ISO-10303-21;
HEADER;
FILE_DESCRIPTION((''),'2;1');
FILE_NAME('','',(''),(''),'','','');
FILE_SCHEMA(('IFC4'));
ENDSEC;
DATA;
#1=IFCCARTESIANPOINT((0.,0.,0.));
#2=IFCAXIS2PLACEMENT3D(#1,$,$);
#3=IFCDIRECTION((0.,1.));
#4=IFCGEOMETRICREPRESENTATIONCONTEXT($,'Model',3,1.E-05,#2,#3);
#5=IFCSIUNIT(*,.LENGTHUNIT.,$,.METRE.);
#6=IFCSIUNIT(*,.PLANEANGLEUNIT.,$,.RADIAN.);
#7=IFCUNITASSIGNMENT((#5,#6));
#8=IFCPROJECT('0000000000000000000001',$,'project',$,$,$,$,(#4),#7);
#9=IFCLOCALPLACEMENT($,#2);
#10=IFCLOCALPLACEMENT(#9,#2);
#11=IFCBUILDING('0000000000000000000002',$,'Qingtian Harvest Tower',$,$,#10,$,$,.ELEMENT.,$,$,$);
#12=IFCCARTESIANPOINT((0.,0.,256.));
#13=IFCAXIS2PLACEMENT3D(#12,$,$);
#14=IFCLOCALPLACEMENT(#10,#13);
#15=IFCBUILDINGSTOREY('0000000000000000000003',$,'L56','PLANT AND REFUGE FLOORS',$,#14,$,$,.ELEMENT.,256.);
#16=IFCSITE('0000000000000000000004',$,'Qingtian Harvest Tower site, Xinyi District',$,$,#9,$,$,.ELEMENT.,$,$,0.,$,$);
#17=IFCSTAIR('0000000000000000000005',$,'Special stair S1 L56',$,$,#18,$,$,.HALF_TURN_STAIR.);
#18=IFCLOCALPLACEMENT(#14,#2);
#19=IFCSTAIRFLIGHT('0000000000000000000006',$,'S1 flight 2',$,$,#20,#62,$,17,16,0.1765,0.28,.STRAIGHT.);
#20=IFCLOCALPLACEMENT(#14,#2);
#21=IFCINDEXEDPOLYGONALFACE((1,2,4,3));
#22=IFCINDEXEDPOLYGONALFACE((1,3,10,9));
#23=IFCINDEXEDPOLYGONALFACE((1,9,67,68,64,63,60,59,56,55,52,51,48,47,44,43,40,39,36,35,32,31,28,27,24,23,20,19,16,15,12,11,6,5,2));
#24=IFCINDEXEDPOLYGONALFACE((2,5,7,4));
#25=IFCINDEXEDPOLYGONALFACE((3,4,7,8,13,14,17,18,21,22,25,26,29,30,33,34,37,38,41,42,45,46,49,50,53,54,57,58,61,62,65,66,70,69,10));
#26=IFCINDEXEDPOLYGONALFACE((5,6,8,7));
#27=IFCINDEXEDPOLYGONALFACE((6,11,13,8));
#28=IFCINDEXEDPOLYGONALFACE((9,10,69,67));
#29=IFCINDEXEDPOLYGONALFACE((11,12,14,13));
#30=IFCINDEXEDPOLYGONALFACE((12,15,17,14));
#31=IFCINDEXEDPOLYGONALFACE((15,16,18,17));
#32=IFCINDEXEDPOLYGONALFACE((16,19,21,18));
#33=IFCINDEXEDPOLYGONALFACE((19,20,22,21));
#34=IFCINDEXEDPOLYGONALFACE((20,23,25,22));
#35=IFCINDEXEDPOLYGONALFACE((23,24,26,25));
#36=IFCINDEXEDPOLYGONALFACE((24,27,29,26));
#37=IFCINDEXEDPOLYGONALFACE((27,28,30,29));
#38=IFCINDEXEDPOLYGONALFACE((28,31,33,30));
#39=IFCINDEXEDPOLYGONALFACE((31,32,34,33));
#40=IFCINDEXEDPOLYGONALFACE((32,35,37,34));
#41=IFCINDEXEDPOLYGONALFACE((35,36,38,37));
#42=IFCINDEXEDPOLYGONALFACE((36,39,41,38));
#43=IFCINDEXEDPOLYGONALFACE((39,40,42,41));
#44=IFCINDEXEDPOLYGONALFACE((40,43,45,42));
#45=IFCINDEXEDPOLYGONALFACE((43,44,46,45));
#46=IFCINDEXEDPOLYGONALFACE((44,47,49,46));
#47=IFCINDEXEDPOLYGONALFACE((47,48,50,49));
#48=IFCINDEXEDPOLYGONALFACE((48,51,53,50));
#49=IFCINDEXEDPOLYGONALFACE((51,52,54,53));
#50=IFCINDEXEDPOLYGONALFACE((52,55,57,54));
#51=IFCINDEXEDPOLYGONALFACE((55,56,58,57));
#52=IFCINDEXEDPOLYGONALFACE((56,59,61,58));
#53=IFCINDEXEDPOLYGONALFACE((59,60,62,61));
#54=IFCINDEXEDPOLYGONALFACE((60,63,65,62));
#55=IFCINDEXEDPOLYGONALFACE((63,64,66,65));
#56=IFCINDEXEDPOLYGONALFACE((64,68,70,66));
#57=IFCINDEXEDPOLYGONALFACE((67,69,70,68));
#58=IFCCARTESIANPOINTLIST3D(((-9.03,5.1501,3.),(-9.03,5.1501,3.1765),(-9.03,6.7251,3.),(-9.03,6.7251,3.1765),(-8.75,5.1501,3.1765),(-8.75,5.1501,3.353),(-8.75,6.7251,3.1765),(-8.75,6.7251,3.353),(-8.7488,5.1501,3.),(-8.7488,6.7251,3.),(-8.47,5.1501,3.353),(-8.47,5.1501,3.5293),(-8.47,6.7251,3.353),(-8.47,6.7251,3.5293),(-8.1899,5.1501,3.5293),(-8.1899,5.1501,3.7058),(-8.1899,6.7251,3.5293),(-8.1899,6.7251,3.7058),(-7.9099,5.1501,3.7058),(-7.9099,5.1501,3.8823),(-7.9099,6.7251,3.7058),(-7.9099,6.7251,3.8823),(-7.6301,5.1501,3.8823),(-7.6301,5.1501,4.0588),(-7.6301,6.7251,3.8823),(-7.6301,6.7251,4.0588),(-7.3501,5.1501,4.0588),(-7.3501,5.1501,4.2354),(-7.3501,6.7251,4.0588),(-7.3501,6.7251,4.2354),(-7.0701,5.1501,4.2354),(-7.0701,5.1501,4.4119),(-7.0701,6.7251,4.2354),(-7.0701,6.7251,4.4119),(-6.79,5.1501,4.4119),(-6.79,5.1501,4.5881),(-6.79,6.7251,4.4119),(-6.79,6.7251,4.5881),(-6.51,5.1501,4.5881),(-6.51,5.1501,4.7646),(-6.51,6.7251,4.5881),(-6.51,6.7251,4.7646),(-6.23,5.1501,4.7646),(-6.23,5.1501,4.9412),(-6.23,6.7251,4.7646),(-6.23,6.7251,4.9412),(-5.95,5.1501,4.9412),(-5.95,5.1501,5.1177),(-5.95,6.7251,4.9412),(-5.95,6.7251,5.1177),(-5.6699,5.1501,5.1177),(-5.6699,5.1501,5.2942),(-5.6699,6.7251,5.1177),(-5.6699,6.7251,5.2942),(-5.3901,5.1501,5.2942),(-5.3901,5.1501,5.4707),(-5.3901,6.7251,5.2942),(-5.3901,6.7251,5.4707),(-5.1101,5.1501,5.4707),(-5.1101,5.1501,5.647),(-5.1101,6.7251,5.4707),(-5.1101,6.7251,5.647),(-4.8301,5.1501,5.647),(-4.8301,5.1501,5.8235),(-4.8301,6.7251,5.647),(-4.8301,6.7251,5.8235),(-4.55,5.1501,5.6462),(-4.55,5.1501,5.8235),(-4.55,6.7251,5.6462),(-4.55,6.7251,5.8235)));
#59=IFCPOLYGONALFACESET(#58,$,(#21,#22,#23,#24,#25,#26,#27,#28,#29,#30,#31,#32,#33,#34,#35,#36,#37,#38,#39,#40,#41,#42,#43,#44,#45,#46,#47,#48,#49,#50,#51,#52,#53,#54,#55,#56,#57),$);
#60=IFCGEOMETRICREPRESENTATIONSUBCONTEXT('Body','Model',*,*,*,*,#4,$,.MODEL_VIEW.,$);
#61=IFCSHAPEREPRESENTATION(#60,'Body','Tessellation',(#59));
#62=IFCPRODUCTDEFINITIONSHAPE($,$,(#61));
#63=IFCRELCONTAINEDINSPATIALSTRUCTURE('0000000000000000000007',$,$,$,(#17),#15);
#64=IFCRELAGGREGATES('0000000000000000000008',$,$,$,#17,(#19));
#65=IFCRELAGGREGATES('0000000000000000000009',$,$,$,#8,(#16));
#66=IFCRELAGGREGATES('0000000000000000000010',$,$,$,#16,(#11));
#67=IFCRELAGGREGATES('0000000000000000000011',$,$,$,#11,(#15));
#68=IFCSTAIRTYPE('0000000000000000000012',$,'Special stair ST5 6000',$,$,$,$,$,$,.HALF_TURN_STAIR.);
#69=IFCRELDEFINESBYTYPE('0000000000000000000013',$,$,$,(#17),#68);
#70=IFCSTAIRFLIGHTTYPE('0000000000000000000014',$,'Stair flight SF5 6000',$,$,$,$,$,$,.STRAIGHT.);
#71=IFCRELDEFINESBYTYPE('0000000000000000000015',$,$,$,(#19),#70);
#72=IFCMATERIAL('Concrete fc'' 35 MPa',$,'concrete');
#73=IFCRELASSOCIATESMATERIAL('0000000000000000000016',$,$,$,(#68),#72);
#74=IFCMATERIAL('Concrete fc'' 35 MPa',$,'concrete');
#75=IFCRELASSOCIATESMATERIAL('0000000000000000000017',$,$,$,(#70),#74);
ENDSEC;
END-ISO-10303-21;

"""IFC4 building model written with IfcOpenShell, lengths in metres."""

from ifc_helpers import new_model, si_unit, direction, frame, origin, place, context, subcontext, project, spatial, polyline, outline, extrude, material, type_object, element, aggregate, save


model = new_model("IFC4")

# Units and contexts
model_context = context("Model", 3, precision=1e-05, world=origin(), true_north=direction((0.0, 1.0)))
body_context = subcontext(model_context, "Body", "Model", "MODEL_VIEW")
ifc_project = project(units=[si_unit("LENGTHUNIT", "METRE"), si_unit("PLANEANGLEUNIT", "RADIAN")], contexts=[model_context])

# Site, building, storey
site_placement = place(None, origin())
site = spatial("IfcSite", under=ifc_project, at=site_placement, Name="Qingtian Harvest Tower site, Xinyi District", CompositionType="ELEMENT", RefElevation=0.0)
building_placement = place(site_placement, origin())
building = spatial("IfcBuilding", under=site, at=building_placement, Name="Qingtian Harvest Tower", CompositionType="ELEMENT")
storey_placement = place(building_placement, frame((0.0, 0.0, 256.0)))
storey = spatial("IfcBuildingStorey", under=building, at=storey_placement, Name="L56", Description="PLANT AND REFUGE FLOORS", CompositionType="ELEMENT", Elevation=256.0)

# Stair, stair flight
ifc_material_1 = material(Name="Concrete fc' 35 MPa", Category="concrete")
stair_type = type_object("IfcStairType", Name="Special stair ST5 6000", PredefinedType="HALF_TURN_STAIR", material=ifc_material_1)
stair_placement = place(storey_placement, origin())
stair = element("IfcStair", 1, at=stair_placement, inside=storey, type_object=stair_type, Name="Special stair S1 L56", PredefinedType="HALF_TURN_STAIR")
ifc_material_2 = material(Name="Concrete fc' 35 MPa", Category="concrete")
stair_flight_type = type_object("IfcStairFlightType", Name="Stair flight SF5 6000", PredefinedType="STRAIGHT", material=ifc_material_2)
stair_flight_1_placement = place(storey_placement, frame((-9.03, 5.9375, 3.0), z_axis=(0.0, 0.0, 1.0), x_axis=(1.0, 0.0, 0.0)))
stair_flight_1 = element("IfcStairFlight", 2, at=stair_flight_1_placement, type_object=stair_flight_type, Name="S1 flight 2", NumberOfRisers=17, NumberOfTreads=16, PredefinedType="STRAIGHT", RiserHeight=0.1765, TreadLength=0.28, context=body_context, shape_type="SweptSolid", body=[
    extrude(outline(polyline([(0.0, 0.0), (0.0, 0.1765), (0.28, 0.1765), (0.28, 0.353), (0.5601, 0.353), (0.5601, 0.5293), (0.8401, 0.5293), (0.8401, 0.7058), (1.1201, 0.7058), (1.1201, 0.8823), (1.3999, 0.8823), (1.3999, 1.0588), (1.6799, 1.0588), (1.6799, 1.2354), (1.96, 1.2354), (1.96, 1.4119), (2.24, 1.4119), (2.24, 1.5881), (2.52, 1.5881), (2.52, 1.7646), (2.8, 1.7646), (2.8, 1.9412), (3.0801, 1.9412), (3.0801, 2.1177), (3.3601, 2.1177), (3.3601, 2.2942), (3.6399, 2.2942), (3.6399, 2.4707), (3.9199, 2.4707), (3.9199, 2.647), (4.2, 2.647), (4.2, 2.8235), (4.48, 2.8235), (4.48, 3.0), (4.48, 2.6462), (0.2812, 0.0), (0.0, 0.0)])), frame((0.0, 0.7876, 0.0), z_axis=(0.0, -1.0, 0.0), x_axis=(1.0, 0.0, 0.0)), (0.0, 0.0, 1.0), 1.575),
])
aggregate(stair, [stair_flight_1])

save(model, "model.ifc")
